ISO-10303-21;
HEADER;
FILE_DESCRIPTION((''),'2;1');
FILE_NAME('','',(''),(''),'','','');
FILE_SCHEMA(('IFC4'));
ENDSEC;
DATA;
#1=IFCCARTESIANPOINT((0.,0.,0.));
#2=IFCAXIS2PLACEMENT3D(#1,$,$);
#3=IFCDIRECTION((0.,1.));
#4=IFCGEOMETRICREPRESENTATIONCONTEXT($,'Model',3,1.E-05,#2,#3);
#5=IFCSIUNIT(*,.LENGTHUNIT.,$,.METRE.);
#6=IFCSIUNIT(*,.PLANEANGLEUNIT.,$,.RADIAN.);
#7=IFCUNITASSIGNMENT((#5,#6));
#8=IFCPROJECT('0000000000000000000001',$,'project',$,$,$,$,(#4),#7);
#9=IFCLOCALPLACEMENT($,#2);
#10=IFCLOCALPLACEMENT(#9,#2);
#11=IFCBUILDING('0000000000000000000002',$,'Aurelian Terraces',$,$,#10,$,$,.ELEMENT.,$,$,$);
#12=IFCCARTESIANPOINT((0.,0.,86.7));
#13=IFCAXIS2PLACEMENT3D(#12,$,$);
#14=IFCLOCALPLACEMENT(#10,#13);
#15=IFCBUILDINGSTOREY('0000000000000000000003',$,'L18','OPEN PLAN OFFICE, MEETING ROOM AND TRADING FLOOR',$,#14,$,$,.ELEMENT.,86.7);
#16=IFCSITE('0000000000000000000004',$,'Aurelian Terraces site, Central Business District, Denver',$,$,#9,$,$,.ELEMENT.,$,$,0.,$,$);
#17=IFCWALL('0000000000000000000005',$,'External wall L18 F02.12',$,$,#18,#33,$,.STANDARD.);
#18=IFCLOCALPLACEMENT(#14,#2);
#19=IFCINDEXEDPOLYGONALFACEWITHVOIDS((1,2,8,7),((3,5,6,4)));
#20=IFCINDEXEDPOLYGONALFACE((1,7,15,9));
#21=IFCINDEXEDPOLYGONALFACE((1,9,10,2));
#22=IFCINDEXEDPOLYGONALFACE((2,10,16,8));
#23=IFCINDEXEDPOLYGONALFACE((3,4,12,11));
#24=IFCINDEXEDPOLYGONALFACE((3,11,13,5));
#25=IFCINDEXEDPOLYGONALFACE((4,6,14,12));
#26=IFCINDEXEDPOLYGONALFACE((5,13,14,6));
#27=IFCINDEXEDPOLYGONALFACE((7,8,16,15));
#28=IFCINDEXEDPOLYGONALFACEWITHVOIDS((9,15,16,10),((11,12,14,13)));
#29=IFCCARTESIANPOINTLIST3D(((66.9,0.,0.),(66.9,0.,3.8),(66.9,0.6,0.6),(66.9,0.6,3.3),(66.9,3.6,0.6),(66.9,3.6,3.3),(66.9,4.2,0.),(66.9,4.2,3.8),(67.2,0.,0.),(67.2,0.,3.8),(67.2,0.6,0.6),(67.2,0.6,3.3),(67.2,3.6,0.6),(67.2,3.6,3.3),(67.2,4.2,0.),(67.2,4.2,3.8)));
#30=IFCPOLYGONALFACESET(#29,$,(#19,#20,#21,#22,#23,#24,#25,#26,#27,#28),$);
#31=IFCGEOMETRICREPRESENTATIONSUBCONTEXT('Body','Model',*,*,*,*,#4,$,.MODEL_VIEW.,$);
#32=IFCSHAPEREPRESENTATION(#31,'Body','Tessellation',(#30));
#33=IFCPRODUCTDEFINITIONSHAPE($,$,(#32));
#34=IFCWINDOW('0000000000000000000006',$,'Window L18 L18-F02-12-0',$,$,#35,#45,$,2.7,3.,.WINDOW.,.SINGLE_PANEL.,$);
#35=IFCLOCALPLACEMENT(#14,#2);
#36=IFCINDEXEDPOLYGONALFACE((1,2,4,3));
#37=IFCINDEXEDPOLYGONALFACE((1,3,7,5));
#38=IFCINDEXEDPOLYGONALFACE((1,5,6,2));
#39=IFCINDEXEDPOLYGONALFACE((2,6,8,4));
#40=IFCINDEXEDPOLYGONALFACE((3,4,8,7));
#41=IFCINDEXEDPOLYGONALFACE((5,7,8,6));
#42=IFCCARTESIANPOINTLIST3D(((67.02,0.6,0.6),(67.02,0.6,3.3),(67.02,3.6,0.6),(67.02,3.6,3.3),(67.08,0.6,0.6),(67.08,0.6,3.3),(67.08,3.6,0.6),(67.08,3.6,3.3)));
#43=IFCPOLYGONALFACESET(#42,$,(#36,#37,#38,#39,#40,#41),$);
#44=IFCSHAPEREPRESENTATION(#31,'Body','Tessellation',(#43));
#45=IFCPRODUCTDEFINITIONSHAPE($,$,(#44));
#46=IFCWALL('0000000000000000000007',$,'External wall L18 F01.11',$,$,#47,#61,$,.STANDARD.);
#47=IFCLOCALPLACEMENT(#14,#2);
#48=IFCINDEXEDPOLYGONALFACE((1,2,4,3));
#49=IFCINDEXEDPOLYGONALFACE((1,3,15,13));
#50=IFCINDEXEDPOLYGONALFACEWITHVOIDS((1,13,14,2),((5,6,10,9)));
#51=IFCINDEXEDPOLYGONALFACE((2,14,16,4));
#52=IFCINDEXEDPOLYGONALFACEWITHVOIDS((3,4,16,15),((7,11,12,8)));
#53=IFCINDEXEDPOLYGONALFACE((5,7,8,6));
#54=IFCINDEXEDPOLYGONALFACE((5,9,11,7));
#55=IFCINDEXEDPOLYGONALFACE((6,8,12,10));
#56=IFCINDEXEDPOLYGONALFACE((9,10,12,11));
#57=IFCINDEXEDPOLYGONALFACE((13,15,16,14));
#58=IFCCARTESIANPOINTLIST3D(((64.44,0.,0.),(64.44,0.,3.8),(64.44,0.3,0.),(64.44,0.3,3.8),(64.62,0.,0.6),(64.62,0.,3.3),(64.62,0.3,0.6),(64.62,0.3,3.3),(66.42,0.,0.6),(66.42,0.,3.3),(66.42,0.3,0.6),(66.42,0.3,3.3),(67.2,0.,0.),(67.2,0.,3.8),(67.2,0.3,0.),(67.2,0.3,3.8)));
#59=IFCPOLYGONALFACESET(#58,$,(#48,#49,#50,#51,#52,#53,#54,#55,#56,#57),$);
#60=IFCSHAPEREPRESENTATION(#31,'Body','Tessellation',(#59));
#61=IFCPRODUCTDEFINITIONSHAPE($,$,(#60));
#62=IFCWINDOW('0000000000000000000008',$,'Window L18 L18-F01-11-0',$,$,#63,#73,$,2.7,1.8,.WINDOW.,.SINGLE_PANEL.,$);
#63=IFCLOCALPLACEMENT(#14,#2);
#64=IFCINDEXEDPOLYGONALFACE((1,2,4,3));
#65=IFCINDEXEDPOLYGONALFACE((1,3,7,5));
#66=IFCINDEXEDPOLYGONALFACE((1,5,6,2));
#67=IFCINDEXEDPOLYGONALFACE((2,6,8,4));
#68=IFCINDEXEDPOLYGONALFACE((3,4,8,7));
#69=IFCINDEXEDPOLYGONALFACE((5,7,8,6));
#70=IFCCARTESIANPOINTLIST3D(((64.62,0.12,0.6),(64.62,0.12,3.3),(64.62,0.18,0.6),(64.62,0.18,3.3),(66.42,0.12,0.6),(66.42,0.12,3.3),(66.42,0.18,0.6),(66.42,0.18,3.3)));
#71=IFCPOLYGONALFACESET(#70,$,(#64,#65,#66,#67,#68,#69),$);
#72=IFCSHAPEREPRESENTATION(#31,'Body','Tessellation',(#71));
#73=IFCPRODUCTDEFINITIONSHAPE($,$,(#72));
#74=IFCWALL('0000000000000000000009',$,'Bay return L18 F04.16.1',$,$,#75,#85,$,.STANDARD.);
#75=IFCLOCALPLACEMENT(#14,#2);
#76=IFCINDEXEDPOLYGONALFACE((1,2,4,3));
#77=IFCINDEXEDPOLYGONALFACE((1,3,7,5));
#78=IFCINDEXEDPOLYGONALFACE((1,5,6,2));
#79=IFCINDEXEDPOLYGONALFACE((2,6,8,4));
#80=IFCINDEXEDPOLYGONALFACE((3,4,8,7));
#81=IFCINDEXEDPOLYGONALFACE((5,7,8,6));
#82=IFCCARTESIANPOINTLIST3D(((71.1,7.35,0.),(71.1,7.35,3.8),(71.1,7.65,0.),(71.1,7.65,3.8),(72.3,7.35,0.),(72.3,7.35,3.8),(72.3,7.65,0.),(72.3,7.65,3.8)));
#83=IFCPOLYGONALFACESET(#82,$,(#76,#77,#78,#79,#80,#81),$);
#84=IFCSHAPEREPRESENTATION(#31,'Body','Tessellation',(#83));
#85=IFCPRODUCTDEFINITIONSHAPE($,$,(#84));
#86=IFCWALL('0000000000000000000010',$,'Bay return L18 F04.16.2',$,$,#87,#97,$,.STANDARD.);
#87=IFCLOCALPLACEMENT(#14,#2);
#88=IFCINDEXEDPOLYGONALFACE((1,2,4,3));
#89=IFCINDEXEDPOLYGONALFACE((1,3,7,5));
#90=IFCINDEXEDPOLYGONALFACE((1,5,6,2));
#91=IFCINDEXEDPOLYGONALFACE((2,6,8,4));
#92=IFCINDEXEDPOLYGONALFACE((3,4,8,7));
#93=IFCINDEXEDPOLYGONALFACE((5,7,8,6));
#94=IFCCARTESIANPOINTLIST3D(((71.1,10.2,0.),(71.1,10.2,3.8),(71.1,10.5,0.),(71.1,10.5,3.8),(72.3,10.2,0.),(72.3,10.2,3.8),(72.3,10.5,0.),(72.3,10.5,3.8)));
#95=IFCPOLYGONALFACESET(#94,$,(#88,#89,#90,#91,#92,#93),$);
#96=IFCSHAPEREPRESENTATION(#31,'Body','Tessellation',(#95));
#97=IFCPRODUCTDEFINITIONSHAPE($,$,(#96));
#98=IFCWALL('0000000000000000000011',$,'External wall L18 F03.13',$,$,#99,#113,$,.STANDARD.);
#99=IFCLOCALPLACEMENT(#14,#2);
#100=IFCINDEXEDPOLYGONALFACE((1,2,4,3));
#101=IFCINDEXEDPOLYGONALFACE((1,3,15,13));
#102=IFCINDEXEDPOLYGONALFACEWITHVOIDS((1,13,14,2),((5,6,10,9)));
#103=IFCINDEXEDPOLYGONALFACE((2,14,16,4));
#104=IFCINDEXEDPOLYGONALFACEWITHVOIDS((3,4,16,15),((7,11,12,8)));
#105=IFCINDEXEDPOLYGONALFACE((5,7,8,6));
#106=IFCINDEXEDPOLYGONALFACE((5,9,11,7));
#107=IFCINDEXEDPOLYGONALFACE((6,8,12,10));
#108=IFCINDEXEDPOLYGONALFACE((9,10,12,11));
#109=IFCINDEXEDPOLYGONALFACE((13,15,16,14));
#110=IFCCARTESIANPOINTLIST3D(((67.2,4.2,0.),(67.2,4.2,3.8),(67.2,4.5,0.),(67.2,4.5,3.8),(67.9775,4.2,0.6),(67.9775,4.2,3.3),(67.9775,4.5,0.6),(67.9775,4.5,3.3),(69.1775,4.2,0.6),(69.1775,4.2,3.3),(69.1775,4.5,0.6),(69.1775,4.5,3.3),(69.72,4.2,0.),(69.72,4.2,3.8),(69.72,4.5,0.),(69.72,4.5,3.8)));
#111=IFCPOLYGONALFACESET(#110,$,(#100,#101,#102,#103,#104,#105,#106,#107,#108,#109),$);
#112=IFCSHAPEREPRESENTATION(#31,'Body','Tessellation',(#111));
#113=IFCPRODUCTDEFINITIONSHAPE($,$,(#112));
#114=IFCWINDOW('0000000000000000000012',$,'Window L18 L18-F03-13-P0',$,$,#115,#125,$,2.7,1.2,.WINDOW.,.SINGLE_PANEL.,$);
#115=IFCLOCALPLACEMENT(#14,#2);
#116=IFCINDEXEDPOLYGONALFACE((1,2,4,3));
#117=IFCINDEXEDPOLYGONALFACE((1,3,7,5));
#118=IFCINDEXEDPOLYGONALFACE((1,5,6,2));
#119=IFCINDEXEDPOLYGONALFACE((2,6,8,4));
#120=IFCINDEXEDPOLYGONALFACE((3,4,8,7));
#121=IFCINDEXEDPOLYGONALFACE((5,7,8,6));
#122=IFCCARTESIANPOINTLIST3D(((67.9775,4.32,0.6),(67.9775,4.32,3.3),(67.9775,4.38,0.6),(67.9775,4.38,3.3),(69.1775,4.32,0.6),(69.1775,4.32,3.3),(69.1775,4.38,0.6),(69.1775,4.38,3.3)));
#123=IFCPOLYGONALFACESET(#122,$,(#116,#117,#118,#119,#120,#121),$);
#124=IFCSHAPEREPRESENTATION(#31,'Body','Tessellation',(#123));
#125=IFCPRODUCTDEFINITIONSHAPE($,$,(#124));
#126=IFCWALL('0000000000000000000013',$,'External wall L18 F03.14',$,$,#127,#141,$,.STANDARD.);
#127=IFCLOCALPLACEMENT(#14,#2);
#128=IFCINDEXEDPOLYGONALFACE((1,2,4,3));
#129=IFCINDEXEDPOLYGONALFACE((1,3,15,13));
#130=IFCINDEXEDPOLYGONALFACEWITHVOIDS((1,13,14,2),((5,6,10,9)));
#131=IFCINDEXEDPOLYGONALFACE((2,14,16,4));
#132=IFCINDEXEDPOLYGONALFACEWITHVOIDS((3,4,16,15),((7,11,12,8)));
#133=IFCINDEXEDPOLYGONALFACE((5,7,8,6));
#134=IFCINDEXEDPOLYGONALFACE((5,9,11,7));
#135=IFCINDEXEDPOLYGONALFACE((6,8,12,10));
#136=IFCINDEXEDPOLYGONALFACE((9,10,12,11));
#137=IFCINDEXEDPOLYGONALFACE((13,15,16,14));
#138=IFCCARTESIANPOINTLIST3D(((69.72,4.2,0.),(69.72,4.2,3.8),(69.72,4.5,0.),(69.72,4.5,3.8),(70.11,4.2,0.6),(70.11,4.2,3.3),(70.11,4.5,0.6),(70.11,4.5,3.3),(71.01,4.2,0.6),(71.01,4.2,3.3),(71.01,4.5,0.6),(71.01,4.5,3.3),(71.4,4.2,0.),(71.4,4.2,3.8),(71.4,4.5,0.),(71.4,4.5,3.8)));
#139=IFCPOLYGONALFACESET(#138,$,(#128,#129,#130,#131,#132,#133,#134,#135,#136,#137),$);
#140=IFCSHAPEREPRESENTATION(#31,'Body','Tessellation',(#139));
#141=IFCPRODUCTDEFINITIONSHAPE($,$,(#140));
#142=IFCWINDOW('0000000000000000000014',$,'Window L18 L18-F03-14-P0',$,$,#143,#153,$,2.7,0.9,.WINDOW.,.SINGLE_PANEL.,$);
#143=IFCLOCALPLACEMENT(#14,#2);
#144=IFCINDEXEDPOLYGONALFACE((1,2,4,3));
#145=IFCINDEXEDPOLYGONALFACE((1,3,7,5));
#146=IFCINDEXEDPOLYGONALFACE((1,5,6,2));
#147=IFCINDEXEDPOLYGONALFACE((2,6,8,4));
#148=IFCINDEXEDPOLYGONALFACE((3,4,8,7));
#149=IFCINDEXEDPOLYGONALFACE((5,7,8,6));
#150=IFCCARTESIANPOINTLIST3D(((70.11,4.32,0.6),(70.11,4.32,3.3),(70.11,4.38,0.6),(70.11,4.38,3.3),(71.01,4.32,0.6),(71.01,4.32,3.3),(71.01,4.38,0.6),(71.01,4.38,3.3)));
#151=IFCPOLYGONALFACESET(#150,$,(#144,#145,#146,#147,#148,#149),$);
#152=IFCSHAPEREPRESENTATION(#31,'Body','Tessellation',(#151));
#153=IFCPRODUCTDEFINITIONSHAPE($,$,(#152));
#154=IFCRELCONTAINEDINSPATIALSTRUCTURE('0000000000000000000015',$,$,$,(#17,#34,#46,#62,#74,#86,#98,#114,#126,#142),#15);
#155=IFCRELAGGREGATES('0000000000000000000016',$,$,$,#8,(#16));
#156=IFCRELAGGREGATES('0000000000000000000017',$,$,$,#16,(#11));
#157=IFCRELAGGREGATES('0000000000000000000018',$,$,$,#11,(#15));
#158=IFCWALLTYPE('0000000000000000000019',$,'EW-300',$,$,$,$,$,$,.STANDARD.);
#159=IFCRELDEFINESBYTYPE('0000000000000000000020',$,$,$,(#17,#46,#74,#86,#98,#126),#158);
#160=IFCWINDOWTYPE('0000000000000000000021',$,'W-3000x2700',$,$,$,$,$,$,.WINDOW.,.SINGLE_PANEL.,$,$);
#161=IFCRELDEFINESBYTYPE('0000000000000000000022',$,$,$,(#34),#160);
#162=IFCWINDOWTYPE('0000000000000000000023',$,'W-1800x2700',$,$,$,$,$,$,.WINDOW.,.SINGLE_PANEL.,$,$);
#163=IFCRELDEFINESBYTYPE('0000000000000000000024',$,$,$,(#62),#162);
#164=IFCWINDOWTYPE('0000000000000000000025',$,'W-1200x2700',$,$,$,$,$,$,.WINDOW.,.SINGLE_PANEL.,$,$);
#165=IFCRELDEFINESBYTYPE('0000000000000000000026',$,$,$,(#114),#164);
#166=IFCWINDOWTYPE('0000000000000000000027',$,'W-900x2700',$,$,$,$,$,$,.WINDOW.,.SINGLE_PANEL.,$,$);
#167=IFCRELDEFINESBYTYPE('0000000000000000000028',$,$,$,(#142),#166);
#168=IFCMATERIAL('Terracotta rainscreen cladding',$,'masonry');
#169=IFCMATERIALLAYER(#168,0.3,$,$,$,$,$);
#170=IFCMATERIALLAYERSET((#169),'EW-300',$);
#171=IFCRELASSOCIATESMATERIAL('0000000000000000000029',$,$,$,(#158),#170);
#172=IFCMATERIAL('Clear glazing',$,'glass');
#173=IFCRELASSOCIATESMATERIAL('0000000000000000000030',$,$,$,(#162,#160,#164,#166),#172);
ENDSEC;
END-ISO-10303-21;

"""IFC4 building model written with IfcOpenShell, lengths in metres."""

from ifc_helpers import new_model, si_unit, direction, frame, frame_2d, origin, place, context, subcontext, project, spatial, rectangle, extrude, source, transform, mapped, material, layer, layer_set, type_object, element, fill, save


model = new_model("IFC4")

# Units and contexts
model_context = context("Model", 3, precision=1e-05, world=origin(), true_north=direction((0.0, 1.0)))
body_context = subcontext(model_context, "Body", "Model", "MODEL_VIEW")
ifc_project = project(units=[si_unit("LENGTHUNIT", "METRE"), si_unit("PLANEANGLEUNIT", "RADIAN")], contexts=[model_context])

# Site, building, storey
site_placement = place(None, origin())
site = spatial("IfcSite", under=ifc_project, at=site_placement, Name="Aurelian Terraces site, Central Business District, Denver", CompositionType="ELEMENT", RefElevation=0.0)
building_placement = place(site_placement, origin())
building = spatial("IfcBuilding", under=site, at=building_placement, Name="Aurelian Terraces", CompositionType="ELEMENT")
storey_placement = place(building_placement, frame((0.0, 0.0, 86.7)))
storey = spatial("IfcBuildingStorey", under=building, at=storey_placement, Name="L18", Description="OPEN PLAN OFFICE, MEETING ROOM AND TRADING FLOOR", CompositionType="ELEMENT", Elevation=86.7)

# Walls, openings, windows
ifc_material_1 = material(Name="Terracotta rainscreen cladding", Category="masonry")
ifc_layer_1 = layer(ifc_material_1, 0.3)
ifc_layer_set_1 = layer_set([ifc_layer_1], Name="EW-300")
wall_type_1 = type_object("IfcWallType", Name="EW-300", PredefinedType="STANDARD", material=ifc_layer_set_1)
shared_shape_1 = source(origin(), body_context, "Body", "SweptSolid", [
    extrude(rectangle(XDim=1.8, YDim=2.7, at=frame_2d((0.9, 1.35))), frame((0.0, 0.16, 0.0), z_axis=(0.0, -1.0, 0.0), x_axis=(1.0, 0.0, 0.0)), (0.0, 0.0, 1.0), 0.32),
])
ifc_material_2 = material(Name="Clear glazing", Category="glass")
window_type_1 = type_object("IfcWindowType", Name="W-1800x2700", PartitioningType="SINGLE_PANEL", PredefinedType="WINDOW", material=ifc_material_2)
shared_shape_2 = source(origin(), body_context, "Body", "SweptSolid", [
    extrude(rectangle(XDim=1.8, YDim=2.7, at=frame_2d((0.9, 1.35))), frame((0.0, 0.03, 0.0), z_axis=(0.0, -1.0, 0.0), x_axis=(1.0, 0.0, 0.0)), (0.0, 0.0, 1.0), 0.06),
])
shared_shape_3 = source(origin(), body_context, "Body", "SweptSolid", [
    extrude(rectangle(XDim=4.2, YDim=0.3, at=frame_2d((2.1, 0.0))), origin(), (0.0, 0.0, 1.0), 3.8),
])
wall_1_placement = place(storey_placement, frame((67.05, 0.0, 0.0), z_axis=(0.0, 0.0, 1.0), x_axis=(0.0, 1.0, 0.0)))
wall_1 = element("IfcWall", 1, at=wall_1_placement, inside=storey, type_object=wall_type_1, Name="External wall L18 F02.12", PredefinedType="STANDARD", context=body_context, shape_type="MappedRepresentation", body=[
    mapped(shared_shape_3, transform((0.0, 0.0, 0.0), scale=1.0)),
])
shared_shape_4 = source(origin(), body_context, "Body", "SweptSolid", [
    extrude(rectangle(XDim=3.0, YDim=2.7, at=frame_2d((1.5, 1.35))), frame((0.0, 0.16, 0.0), z_axis=(0.0, -1.0, 0.0), x_axis=(1.0, 0.0, 0.0)), (0.0, 0.0, 1.0), 0.32),
])
opening_1_placement = place(wall_1_placement, frame((0.6, 0.0, 0.6)))
opening_1 = element("IfcOpeningElement", 2, at=opening_1_placement, cuts=wall_1, PredefinedType="OPENING", context=body_context, shape_type="MappedRepresentation", body=[
    mapped(shared_shape_4, transform((0.0, 0.0, 0.0), scale=1.0)),
])
window_type_2 = type_object("IfcWindowType", Name="W-3000x2700", PartitioningType="SINGLE_PANEL", PredefinedType="WINDOW", material=ifc_material_2)
shared_shape_5 = source(origin(), body_context, "Body", "SweptSolid", [
    extrude(rectangle(XDim=3.0, YDim=2.7, at=frame_2d((1.5, 1.35))), frame((0.0, 0.03, 0.0), z_axis=(0.0, -1.0, 0.0), x_axis=(1.0, 0.0, 0.0)), (0.0, 0.0, 1.0), 0.06),
])
window_1_placement = place(opening_1_placement, origin())
window_1 = element("IfcWindow", 3, at=window_1_placement, inside=storey, type_object=window_type_2, Name="Window L18 L18-F02-12-0", OverallHeight=2.7, OverallWidth=3.0, PartitioningType="SINGLE_PANEL", PredefinedType="WINDOW", context=body_context, shape_type="MappedRepresentation", body=[
    mapped(shared_shape_5, transform((0.0, 0.0, 0.0), scale=1.0)),
])
fill(opening_1, window_1)
shared_shape_6 = source(origin(), body_context, "Body", "SweptSolid", [
    extrude(rectangle(XDim=2.76, YDim=0.3, at=frame_2d((1.38, 0.0))), origin(), (0.0, 0.0, 1.0), 3.8),
])
wall_2_placement = place(storey_placement, frame((64.44, 0.15, 0.0), z_axis=(0.0, 0.0, 1.0), x_axis=(1.0, 0.0, 0.0)))
wall_2 = element("IfcWall", 4, at=wall_2_placement, inside=storey, type_object=wall_type_1, Name="External wall L18 F01.11", PredefinedType="STANDARD", context=body_context, shape_type="MappedRepresentation", body=[
    mapped(shared_shape_6, transform((0.0, 0.0, 0.0), scale=1.0)),
])
opening_2_placement = place(wall_2_placement, frame((0.18, 0.0, 0.6)))
opening_2 = element("IfcOpeningElement", 5, at=opening_2_placement, cuts=wall_2, PredefinedType="OPENING", context=body_context, shape_type="MappedRepresentation", body=[
    mapped(shared_shape_1, transform((0.0, 0.0, 0.0), scale=1.0)),
])
window_2_placement = place(opening_2_placement, origin())
window_2 = element("IfcWindow", 6, at=window_2_placement, inside=storey, type_object=window_type_1, Name="Window L18 L18-F01-11-0", OverallHeight=2.7, OverallWidth=1.8, PartitioningType="SINGLE_PANEL", PredefinedType="WINDOW", context=body_context, shape_type="MappedRepresentation", body=[
    mapped(shared_shape_2, transform((0.0, 0.0, 0.0), scale=1.0)),
])
fill(opening_2, window_2)

# Walls
shared_shape_7 = source(origin(), body_context, "Body", "SweptSolid", [
    extrude(rectangle(XDim=1.2, YDim=0.3, at=frame_2d((0.6, 0.0))), origin(), (0.0, 0.0, 1.0), 3.8),
])
for number, where, z_axis, x_axis, name in (
    (7, (71.1, 7.5, 0.0), (0.0, 0.0, 1.0), (1.0, 0.0, 0.0), "Bay return L18 F04.16.1"),
    (8, (71.1, 10.35, 0.0), (0.0, 0.0, 1.0), (1.0, 0.0, 0.0), "Bay return L18 F04.16.2"),
):
    element("IfcWall", number, at=place(storey_placement, frame(where, z_axis=z_axis, x_axis=x_axis)), inside=storey, type_object=wall_type_1, Name=name, PredefinedType="STANDARD", context=body_context, shape_type="MappedRepresentation", body=[
        mapped(shared_shape_7, transform((0.0, 0.0, 0.0), scale=1.0)),
    ])

# Walls, openings, windows
shared_shape_8 = source(origin(), body_context, "Body", "SweptSolid", [
    extrude(rectangle(XDim=2.52, YDim=0.3, at=frame_2d((1.26, 0.0))), origin(), (0.0, 0.0, 1.0), 3.8),
])
wall_3_placement = place(storey_placement, frame((67.2, 4.35, 0.0), z_axis=(0.0, 0.0, 1.0), x_axis=(1.0, 0.0, 0.0)))
wall_3 = element("IfcWall", 9, at=wall_3_placement, inside=storey, type_object=wall_type_1, Name="External wall L18 F03.13", PredefinedType="STANDARD", context=body_context, shape_type="MappedRepresentation", body=[
    mapped(shared_shape_8, transform((0.0, 0.0, 0.0), scale=1.0)),
])
shared_shape_9 = source(origin(), body_context, "Body", "SweptSolid", [
    extrude(rectangle(XDim=1.2, YDim=2.7, at=frame_2d((0.6, 1.35))), frame((0.0, 0.16, 0.0), z_axis=(0.0, -1.0, 0.0), x_axis=(1.0, 0.0, 0.0)), (0.0, 0.0, 1.0), 0.32),
])
opening_3_placement = place(wall_3_placement, frame((0.7775, 0.0, 0.6)))
opening_3 = element("IfcOpeningElement", 10, at=opening_3_placement, cuts=wall_3, PredefinedType="OPENING", context=body_context, shape_type="MappedRepresentation", body=[
    mapped(shared_shape_9, transform((0.0, 0.0, 0.0), scale=1.0)),
])
window_type_3 = type_object("IfcWindowType", Name="W-1200x2700", PartitioningType="SINGLE_PANEL", PredefinedType="WINDOW", material=ifc_material_2)
shared_shape_10 = source(origin(), body_context, "Body", "SweptSolid", [
    extrude(rectangle(XDim=1.2, YDim=2.7, at=frame_2d((0.6, 1.35))), frame((0.0, 0.03, 0.0), z_axis=(0.0, -1.0, 0.0), x_axis=(1.0, 0.0, 0.0)), (0.0, 0.0, 1.0), 0.06),
])
window_3_placement = place(opening_3_placement, origin())
window_3 = element("IfcWindow", 11, at=window_3_placement, inside=storey, type_object=window_type_3, Name="Window L18 L18-F03-13-P0", OverallHeight=2.7, OverallWidth=1.2, PartitioningType="SINGLE_PANEL", PredefinedType="WINDOW", context=body_context, shape_type="MappedRepresentation", body=[
    mapped(shared_shape_10, transform((0.0, 0.0, 0.0), scale=1.0)),
])
fill(opening_3, window_3)
shared_shape_11 = source(origin(), body_context, "Body", "SweptSolid", [
    extrude(rectangle(XDim=1.68, YDim=0.3, at=frame_2d((0.84, 0.0))), origin(), (0.0, 0.0, 1.0), 3.8),
])
wall_4_placement = place(storey_placement, frame((69.72, 4.35, 0.0), z_axis=(0.0, 0.0, 1.0), x_axis=(1.0, 0.0, 0.0)))
wall_4 = element("IfcWall", 12, at=wall_4_placement, inside=storey, type_object=wall_type_1, Name="External wall L18 F03.14", PredefinedType="STANDARD", context=body_context, shape_type="MappedRepresentation", body=[
    mapped(shared_shape_11, transform((0.0, 0.0, 0.0), scale=1.0)),
])
shared_shape_12 = source(origin(), body_context, "Body", "SweptSolid", [
    extrude(rectangle(XDim=0.9, YDim=2.7, at=frame_2d((0.45, 1.35))), frame((0.0, 0.16, 0.0), z_axis=(0.0, -1.0, 0.0), x_axis=(1.0, 0.0, 0.0)), (0.0, 0.0, 1.0), 0.32),
])
opening_4_placement = place(wall_4_placement, frame((0.39, 0.0, 0.6)))
opening_4 = element("IfcOpeningElement", 13, at=opening_4_placement, cuts=wall_4, PredefinedType="OPENING", context=body_context, shape_type="MappedRepresentation", body=[
    mapped(shared_shape_12, transform((0.0, 0.0, 0.0), scale=1.0)),
])
window_type_4 = type_object("IfcWindowType", Name="W-900x2700", PartitioningType="SINGLE_PANEL", PredefinedType="WINDOW", material=ifc_material_2)
shared_shape_13 = source(origin(), body_context, "Body", "SweptSolid", [
    extrude(rectangle(XDim=0.9, YDim=2.7, at=frame_2d((0.45, 1.35))), frame((0.0, 0.03, 0.0), z_axis=(0.0, -1.0, 0.0), x_axis=(1.0, 0.0, 0.0)), (0.0, 0.0, 1.0), 0.06),
])
window_4_placement = place(opening_4_placement, origin())
window_4 = element("IfcWindow", 14, at=window_4_placement, inside=storey, type_object=window_type_4, Name="Window L18 L18-F03-14-P0", OverallHeight=2.7, OverallWidth=0.9, PartitioningType="SINGLE_PANEL", PredefinedType="WINDOW", context=body_context, shape_type="MappedRepresentation", body=[
    mapped(shared_shape_13, transform((0.0, 0.0, 0.0), scale=1.0)),
])
fill(opening_4, window_4)

save(model, "model.ifc")
